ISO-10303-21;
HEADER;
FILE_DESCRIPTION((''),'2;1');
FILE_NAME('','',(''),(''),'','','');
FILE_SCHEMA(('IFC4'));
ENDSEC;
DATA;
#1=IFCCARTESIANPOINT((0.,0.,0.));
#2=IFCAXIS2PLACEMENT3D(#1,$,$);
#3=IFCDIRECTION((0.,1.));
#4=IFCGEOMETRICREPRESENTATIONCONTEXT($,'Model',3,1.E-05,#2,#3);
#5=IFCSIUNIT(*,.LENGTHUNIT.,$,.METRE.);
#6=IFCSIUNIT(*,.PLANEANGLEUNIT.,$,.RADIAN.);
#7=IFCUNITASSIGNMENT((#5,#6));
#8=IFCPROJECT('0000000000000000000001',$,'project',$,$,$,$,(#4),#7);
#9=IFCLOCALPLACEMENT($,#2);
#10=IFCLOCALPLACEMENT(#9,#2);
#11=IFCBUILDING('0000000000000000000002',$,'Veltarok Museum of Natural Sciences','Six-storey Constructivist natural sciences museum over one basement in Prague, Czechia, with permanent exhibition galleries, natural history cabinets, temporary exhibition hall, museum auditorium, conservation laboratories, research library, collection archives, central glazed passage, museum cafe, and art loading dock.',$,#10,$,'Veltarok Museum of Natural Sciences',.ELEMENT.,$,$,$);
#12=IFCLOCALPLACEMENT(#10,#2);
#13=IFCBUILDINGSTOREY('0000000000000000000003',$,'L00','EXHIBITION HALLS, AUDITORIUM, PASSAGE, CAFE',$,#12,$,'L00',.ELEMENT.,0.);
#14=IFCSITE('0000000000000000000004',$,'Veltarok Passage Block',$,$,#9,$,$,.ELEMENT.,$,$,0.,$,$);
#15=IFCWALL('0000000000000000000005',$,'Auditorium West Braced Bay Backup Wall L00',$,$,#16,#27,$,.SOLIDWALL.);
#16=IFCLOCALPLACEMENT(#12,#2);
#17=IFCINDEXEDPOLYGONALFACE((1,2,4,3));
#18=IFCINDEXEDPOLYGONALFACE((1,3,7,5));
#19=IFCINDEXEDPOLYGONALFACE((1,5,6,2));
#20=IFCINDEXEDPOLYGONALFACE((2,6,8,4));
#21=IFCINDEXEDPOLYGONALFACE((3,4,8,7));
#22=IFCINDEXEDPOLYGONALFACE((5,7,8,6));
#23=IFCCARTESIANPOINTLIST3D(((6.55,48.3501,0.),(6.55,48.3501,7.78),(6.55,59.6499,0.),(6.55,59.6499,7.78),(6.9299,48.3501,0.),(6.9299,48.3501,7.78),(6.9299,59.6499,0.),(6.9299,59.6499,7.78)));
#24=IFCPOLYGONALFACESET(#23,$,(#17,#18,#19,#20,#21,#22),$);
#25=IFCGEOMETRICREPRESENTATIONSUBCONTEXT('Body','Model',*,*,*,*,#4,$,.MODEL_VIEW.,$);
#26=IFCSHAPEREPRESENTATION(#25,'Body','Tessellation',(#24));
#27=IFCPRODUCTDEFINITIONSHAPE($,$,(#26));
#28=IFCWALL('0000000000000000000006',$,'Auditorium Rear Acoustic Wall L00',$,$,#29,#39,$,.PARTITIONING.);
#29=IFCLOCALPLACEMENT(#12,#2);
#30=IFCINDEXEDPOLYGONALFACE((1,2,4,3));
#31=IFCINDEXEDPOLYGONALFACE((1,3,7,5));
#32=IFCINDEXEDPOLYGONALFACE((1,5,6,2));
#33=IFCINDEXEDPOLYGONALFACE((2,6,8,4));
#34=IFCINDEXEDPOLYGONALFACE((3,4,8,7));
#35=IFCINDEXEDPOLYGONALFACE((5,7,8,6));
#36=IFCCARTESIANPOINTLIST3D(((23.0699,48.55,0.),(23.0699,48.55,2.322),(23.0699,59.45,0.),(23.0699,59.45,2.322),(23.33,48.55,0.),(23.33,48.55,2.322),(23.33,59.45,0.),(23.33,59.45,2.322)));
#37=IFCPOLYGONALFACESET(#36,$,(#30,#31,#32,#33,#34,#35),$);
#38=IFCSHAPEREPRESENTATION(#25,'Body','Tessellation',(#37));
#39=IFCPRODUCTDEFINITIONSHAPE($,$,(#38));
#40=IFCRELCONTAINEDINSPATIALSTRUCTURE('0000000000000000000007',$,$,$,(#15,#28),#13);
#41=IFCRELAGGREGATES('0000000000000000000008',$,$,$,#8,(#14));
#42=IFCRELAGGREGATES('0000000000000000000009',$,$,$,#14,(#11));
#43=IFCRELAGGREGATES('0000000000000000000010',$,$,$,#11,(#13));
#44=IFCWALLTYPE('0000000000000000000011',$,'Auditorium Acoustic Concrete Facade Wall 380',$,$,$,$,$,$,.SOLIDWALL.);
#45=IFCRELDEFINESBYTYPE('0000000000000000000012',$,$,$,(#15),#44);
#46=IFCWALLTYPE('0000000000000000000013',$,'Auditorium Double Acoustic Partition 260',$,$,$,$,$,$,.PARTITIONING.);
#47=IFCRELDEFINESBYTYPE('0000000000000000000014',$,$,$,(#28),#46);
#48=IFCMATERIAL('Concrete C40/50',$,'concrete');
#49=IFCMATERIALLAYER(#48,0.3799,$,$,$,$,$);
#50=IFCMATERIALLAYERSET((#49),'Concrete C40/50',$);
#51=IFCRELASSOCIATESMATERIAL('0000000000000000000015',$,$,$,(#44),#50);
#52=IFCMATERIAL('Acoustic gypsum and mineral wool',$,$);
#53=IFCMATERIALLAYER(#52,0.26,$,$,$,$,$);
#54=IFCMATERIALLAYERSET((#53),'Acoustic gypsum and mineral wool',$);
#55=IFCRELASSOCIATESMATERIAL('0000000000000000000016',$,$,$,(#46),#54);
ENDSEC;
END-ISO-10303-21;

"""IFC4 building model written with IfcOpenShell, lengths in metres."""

from ifc_helpers import new_model, si_unit, direction, frame, frame_2d, origin, place, context, subcontext, project, spatial, rectangle, extrude, material, layer, layer_set, type_object, element, save


model = new_model("IFC4")

# Units and contexts
model_context = context("Model", 3, precision=1e-05, world=origin(), true_north=direction((0.0, 1.0)))
body_context = subcontext(model_context, "Body", "Model", "MODEL_VIEW")
ifc_project = project(units=[si_unit("LENGTHUNIT", "METRE"), si_unit("PLANEANGLEUNIT", "RADIAN")], contexts=[model_context])

# Site, building, storey
site_placement = place(None, origin())
site = spatial("IfcSite", under=ifc_project, at=site_placement, Name="Veltarok Passage Block", CompositionType="ELEMENT", RefElevation=0.0)
building_placement = place(site_placement, origin())
building = spatial("IfcBuilding", under=site, at=building_placement, Name="Veltarok Museum of Natural Sciences", Description="Six-storey Constructivist natural sciences museum over one basement in Prague, Czechia, with permanent exhibition galleries, natural history cabinets, temporary exhibition hall, museum auditorium, conservation laboratories, research library, collection archives, central glazed passage, museum cafe, and art loading dock.", LongName="Veltarok Museum of Natural Sciences", CompositionType="ELEMENT")
storey_placement = place(building_placement, origin())
storey = spatial("IfcBuildingStorey", under=building, at=storey_placement, Name="L00", Description="EXHIBITION HALLS, AUDITORIUM, PASSAGE, CAFE", LongName="L00", CompositionType="ELEMENT", Elevation=0.0)

# Shared definitions
ifc_material_1 = material(Name="Concrete C40/50", Category="concrete")

# Shared definitions
ifc_layer_1 = layer(ifc_material_1, 0.3799)
ifc_layer_set_1 = layer_set([ifc_layer_1], Name="Concrete C40/50")
wall_type_1 = type_object("IfcWallType", Name="Auditorium Acoustic Concrete Facade Wall 380", PredefinedType="SOLIDWALL", material=ifc_layer_set_1)

# Walls
wall_1_placement = place(storey_placement, frame((6.74, 59.6499, 0.0), z_axis=(0.0, 0.0, 1.0), x_axis=(0.0, -1.0, 0.0)))
element("IfcWall", 1, at=wall_1_placement, inside=storey, type_object=wall_type_1, Name="Auditorium West Braced Bay Backup Wall L00", PredefinedType="SOLIDWALL", context=body_context, shape_type="SweptSolid", body=[
    extrude(rectangle(XDim=11.2998, YDim=0.3799, at=frame_2d((5.6499, 0.0))), origin(), (0.0, 0.0, 1.0), 7.78),
])
ifc_material_2 = material(Name="Acoustic gypsum and mineral wool")
ifc_layer_2 = layer(ifc_material_2, 0.26)
ifc_layer_set_2 = layer_set([ifc_layer_2], Name="Acoustic gypsum and mineral wool")
wall_type_2 = type_object("IfcWallType", Name="Auditorium Double Acoustic Partition 260", PredefinedType="PARTITIONING", material=ifc_layer_set_2)
wall_2_placement = place(storey_placement, frame((23.2, 48.55, 0.0), z_axis=(0.0, 0.0, 1.0), x_axis=(0.0, 1.0, 0.0)))
element("IfcWall", 2, at=wall_2_placement, inside=storey, type_object=wall_type_2, Name="Auditorium Rear Acoustic Wall L00", PredefinedType="PARTITIONING", context=body_context, shape_type="SweptSolid", body=[
    extrude(rectangle(XDim=10.8999, YDim=0.26, at=frame_2d((5.45, 0.0))), origin(), (0.0, 0.0, 1.0), 2.322),
])

save(model, "model.ifc")
